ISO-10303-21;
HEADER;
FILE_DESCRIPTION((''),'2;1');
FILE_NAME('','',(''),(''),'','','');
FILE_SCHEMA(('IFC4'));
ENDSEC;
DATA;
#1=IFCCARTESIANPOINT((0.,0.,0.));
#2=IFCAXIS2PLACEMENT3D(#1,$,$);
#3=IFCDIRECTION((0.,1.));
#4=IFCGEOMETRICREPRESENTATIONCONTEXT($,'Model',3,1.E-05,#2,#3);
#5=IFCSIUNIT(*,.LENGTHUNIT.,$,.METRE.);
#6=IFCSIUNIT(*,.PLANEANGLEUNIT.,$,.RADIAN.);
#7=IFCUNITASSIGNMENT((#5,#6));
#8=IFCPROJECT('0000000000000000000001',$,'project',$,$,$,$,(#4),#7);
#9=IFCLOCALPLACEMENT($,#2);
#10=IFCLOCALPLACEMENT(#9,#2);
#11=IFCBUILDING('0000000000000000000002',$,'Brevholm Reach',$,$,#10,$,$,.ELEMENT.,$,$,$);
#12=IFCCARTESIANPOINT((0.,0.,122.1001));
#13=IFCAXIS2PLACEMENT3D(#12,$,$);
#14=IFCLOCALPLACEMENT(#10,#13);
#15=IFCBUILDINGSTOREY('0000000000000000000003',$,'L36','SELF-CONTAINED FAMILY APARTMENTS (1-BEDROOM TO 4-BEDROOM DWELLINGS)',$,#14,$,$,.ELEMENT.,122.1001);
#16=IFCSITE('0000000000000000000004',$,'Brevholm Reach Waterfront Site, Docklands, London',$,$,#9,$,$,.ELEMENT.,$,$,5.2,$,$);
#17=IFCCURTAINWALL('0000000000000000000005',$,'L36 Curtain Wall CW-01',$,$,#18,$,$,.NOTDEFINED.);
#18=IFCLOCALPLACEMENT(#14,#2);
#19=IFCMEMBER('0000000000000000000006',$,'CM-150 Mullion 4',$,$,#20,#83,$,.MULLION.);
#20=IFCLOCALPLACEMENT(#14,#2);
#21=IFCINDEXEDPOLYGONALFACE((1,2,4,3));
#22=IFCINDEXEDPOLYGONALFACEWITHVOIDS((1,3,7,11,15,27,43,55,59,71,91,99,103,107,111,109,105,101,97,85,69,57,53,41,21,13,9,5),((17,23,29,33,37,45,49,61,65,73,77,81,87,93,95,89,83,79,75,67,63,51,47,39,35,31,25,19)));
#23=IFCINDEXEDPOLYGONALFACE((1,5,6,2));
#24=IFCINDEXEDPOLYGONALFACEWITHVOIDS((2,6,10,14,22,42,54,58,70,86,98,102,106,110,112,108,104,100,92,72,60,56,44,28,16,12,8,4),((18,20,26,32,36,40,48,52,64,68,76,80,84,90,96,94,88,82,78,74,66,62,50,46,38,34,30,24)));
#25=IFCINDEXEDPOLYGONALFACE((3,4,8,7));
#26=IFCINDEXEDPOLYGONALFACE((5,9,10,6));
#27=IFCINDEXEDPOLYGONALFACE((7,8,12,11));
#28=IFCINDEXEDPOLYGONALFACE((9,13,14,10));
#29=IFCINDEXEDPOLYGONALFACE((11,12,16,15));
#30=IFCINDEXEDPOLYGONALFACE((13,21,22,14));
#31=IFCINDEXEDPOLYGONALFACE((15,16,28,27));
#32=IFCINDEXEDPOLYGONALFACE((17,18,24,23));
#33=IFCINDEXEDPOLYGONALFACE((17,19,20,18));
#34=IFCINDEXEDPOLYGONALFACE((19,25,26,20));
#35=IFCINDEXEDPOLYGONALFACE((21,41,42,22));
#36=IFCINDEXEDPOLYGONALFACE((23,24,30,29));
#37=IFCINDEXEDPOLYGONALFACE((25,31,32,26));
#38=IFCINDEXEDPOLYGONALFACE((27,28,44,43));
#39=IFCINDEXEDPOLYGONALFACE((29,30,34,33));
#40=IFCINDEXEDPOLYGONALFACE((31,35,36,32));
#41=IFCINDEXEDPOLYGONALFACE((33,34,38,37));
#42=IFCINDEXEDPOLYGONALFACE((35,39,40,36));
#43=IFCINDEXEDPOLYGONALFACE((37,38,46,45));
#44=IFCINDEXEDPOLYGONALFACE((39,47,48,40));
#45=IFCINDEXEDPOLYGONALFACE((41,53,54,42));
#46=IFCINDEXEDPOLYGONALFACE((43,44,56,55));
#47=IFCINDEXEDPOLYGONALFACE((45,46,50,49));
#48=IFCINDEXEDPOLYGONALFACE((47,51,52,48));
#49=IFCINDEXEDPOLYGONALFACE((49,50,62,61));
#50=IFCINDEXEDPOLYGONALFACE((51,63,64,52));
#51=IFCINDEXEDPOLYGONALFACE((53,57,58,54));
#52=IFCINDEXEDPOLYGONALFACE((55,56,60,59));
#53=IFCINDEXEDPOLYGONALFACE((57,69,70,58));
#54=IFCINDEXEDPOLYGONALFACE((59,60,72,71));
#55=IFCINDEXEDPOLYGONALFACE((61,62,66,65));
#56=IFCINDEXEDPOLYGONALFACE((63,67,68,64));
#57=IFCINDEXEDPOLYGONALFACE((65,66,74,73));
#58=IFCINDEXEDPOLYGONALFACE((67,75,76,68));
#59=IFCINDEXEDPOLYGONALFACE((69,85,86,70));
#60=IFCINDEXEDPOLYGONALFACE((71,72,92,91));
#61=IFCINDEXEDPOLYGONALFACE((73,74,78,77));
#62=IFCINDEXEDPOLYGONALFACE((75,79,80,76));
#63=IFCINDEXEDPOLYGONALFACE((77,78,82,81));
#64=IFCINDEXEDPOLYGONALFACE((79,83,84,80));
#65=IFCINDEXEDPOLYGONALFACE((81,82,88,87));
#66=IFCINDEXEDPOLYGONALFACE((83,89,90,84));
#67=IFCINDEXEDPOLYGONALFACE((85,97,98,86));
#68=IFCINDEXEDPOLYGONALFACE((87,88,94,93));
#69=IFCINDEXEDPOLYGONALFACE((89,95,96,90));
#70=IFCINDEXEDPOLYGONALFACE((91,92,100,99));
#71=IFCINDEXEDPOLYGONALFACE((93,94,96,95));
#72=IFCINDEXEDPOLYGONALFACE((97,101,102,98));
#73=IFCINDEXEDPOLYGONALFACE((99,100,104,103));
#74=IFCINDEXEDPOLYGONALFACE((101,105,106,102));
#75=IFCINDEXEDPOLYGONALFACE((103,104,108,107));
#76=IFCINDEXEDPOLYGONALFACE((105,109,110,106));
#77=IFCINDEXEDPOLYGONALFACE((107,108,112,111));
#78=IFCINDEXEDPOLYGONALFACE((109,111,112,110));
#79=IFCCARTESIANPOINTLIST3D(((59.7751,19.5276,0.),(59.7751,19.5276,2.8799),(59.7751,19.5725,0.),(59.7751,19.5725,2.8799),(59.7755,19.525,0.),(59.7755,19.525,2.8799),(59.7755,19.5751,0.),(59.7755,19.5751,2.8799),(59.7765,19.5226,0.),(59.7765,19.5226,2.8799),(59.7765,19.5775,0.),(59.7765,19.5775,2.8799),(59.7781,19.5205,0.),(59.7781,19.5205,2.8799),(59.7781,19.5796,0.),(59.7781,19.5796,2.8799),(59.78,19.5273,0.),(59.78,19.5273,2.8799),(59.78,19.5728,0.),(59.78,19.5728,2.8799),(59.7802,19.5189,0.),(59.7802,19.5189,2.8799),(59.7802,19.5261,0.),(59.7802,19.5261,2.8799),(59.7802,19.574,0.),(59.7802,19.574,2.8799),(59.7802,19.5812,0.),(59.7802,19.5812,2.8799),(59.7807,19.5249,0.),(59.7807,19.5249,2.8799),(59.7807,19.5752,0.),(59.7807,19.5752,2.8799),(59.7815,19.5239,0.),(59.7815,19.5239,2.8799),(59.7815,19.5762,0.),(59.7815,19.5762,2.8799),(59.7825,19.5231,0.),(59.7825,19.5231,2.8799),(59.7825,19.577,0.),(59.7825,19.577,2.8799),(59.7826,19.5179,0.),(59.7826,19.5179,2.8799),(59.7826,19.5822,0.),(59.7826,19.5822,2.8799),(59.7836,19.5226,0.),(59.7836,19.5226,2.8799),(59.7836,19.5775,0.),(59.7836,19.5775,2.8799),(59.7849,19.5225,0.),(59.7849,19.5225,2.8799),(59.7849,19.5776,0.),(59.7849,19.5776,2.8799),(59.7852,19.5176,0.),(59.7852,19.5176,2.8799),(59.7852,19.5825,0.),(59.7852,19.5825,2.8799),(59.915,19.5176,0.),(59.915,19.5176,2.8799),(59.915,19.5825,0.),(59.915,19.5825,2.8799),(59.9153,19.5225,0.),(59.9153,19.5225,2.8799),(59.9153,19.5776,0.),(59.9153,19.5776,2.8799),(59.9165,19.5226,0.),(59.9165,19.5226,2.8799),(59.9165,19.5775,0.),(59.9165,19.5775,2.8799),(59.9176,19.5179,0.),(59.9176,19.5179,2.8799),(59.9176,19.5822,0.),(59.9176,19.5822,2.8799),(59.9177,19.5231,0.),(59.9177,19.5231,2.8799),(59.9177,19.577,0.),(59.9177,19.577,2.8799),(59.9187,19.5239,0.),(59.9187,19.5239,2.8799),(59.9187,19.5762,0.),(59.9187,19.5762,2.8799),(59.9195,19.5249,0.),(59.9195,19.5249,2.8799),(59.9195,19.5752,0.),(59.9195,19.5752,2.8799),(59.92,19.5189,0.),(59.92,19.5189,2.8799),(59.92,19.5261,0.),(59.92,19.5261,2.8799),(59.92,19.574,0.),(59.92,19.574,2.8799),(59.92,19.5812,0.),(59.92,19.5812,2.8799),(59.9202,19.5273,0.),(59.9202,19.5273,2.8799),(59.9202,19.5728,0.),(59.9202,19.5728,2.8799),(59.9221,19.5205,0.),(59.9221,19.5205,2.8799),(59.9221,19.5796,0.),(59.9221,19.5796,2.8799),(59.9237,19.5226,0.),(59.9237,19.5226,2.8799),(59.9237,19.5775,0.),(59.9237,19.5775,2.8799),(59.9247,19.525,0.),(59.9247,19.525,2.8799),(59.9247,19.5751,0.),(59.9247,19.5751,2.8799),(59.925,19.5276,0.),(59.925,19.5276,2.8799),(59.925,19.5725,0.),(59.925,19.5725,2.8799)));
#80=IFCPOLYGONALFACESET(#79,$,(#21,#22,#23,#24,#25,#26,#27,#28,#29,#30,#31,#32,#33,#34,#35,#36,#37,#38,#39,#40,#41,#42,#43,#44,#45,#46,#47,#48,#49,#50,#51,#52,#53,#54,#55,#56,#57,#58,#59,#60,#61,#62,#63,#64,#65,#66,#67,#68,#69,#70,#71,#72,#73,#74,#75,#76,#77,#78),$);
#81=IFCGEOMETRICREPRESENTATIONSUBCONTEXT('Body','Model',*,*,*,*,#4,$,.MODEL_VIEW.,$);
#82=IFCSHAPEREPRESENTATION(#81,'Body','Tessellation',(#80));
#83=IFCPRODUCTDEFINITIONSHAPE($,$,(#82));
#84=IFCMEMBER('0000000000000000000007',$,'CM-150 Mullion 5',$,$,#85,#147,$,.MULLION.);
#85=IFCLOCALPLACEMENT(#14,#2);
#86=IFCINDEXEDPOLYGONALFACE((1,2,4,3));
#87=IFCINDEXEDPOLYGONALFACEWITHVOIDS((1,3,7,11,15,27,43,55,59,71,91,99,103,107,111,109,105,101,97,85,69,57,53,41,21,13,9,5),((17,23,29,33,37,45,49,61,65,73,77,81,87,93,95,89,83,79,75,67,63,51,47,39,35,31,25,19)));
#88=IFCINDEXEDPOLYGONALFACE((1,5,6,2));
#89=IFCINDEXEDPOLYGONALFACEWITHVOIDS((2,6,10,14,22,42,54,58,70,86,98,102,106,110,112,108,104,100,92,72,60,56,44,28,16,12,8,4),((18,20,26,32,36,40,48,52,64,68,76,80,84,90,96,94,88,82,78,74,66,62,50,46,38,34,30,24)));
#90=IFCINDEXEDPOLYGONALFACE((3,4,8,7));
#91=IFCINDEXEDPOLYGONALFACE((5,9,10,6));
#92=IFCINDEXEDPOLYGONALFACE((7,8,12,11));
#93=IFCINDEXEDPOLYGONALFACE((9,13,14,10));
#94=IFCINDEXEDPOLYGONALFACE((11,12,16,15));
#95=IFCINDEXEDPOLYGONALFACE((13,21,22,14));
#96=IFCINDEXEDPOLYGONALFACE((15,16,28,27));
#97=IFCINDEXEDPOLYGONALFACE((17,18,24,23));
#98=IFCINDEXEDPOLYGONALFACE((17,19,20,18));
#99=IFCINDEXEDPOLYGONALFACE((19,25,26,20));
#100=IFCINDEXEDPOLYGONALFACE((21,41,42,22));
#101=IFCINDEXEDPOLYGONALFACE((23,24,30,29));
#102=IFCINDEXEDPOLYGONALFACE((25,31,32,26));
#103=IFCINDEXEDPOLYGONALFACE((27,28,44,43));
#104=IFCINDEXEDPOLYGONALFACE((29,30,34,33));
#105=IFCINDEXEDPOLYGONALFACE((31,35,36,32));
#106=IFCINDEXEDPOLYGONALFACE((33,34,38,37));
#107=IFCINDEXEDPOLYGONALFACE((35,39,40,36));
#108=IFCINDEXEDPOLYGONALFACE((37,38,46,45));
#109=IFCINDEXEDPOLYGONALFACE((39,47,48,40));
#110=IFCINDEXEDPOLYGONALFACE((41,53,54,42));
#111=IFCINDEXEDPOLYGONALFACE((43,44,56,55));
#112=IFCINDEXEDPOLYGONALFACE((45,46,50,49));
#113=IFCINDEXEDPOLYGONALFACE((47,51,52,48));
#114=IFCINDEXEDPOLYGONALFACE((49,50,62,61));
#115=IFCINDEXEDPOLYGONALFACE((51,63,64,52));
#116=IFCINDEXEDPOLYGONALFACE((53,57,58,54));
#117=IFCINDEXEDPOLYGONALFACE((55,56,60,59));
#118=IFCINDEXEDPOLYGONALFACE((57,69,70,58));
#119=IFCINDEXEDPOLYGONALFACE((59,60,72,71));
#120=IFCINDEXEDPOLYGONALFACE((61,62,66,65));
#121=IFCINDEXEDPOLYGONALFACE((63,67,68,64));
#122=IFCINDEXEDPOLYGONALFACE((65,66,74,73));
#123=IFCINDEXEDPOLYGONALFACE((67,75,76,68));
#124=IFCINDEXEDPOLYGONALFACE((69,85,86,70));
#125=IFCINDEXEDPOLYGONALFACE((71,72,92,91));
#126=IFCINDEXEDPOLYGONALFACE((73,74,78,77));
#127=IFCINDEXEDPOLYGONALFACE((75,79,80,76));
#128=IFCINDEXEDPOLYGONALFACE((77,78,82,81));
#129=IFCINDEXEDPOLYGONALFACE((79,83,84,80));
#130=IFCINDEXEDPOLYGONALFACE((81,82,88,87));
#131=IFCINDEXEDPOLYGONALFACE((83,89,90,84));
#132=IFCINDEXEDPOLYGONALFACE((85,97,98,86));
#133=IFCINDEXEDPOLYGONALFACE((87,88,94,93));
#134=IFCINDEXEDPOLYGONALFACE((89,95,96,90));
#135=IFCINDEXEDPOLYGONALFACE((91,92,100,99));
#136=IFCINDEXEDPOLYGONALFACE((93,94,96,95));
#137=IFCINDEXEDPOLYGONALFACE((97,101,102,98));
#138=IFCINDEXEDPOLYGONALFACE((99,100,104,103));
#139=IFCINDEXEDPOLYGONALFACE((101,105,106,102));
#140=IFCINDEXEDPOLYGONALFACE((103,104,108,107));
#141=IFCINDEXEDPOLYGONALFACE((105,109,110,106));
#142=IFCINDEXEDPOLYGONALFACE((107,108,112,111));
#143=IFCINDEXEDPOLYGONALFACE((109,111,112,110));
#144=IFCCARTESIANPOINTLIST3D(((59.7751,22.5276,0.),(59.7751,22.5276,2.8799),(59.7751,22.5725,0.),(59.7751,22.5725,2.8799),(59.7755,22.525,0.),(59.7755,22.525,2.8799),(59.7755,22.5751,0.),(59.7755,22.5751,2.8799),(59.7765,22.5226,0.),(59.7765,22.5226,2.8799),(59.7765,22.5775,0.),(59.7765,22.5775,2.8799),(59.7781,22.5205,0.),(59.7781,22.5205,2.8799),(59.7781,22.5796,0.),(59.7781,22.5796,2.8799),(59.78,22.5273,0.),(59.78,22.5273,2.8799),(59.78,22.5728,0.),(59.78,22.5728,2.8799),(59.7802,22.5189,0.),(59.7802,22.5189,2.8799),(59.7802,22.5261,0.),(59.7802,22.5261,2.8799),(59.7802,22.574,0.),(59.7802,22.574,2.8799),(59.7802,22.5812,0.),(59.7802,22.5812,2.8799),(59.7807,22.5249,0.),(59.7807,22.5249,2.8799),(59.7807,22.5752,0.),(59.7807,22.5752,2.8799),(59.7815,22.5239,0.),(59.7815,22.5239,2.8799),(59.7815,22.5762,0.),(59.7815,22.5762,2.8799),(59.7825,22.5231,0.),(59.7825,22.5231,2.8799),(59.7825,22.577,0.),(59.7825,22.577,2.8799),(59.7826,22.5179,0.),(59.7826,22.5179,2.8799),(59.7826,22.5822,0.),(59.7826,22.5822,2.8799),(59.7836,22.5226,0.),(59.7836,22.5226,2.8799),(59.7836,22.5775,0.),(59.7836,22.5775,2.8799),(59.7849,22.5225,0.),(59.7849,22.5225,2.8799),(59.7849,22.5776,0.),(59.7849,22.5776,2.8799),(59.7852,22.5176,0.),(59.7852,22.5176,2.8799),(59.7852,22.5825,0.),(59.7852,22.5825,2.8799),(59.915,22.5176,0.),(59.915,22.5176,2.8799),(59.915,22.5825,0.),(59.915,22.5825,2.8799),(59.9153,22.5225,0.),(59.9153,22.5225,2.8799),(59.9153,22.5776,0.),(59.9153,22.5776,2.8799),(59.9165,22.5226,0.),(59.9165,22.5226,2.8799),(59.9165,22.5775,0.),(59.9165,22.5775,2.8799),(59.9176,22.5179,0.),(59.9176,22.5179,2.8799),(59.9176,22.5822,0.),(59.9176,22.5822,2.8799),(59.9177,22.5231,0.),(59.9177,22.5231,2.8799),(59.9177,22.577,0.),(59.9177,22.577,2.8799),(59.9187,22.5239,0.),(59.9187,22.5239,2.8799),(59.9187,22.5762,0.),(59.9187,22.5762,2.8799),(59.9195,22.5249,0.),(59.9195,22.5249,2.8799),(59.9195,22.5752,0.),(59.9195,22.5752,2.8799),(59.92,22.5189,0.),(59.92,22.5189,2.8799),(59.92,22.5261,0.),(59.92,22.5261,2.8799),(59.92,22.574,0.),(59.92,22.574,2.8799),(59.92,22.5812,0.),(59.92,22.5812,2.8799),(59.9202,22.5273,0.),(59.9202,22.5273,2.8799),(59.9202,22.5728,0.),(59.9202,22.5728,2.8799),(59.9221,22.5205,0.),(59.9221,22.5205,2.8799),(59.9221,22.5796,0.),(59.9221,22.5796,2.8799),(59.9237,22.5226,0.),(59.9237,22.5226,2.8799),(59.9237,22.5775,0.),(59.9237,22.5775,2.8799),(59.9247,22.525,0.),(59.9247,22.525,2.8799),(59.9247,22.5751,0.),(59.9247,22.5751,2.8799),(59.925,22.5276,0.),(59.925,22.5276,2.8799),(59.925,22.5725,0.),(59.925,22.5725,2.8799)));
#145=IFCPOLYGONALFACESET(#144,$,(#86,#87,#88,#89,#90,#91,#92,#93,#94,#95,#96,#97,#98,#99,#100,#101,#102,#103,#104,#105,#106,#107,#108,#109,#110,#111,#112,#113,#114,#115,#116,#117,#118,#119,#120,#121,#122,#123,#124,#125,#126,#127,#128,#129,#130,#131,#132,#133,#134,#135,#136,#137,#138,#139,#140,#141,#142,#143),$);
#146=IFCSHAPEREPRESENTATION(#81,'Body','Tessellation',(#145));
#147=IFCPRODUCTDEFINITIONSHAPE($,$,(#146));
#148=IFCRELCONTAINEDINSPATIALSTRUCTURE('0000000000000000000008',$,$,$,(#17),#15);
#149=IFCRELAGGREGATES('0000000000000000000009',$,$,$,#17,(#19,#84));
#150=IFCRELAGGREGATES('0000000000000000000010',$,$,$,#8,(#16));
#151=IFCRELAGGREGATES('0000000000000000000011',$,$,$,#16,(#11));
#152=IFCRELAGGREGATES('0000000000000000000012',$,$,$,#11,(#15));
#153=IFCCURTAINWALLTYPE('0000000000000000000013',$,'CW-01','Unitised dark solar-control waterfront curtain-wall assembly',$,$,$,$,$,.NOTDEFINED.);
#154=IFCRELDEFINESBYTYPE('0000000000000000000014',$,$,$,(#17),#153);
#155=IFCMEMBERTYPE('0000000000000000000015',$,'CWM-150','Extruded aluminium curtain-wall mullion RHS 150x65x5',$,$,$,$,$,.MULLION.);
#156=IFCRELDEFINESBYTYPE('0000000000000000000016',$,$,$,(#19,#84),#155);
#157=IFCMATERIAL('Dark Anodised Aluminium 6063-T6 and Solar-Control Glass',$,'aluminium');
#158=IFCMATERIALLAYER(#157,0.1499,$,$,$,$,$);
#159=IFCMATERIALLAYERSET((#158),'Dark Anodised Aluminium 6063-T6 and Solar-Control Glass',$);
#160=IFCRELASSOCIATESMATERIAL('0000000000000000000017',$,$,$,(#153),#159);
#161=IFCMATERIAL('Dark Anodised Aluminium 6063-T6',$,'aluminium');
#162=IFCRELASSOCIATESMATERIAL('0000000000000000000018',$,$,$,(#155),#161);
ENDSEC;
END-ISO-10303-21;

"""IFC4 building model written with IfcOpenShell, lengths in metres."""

from ifc_helpers import new_model, si_unit, direction, frame, origin, origin_2d, place, context, subcontext, project, spatial, hollow_rectangle, extrude, material, layer, layer_set, material_profile, profile_set, type_object, element, aggregate, save


model = new_model("IFC4")

# Units and contexts
model_context = context("Model", 3, precision=1e-05, world=origin(), true_north=direction((0.0, 1.0)))
body_context = subcontext(model_context, "Body", "Model", "MODEL_VIEW")
ifc_project = project(units=[si_unit("LENGTHUNIT", "METRE"), si_unit("PLANEANGLEUNIT", "RADIAN")], contexts=[model_context])

# Site, building, storey
site_placement = place(None, origin())
site = spatial("IfcSite", under=ifc_project, at=site_placement, Name="Brevholm Reach Waterfront Site, Docklands, London", CompositionType="ELEMENT", RefElevation=5.2)
building_placement = place(site_placement, origin())
building = spatial("IfcBuilding", under=site, at=building_placement, Name="Brevholm Reach", CompositionType="ELEMENT")
storey_placement = place(building_placement, frame((0.0, 0.0, 122.1001)))
storey = spatial("IfcBuildingStorey", under=building, at=storey_placement, Name="L36", Description="SELF-CONTAINED FAMILY APARTMENTS (1-BEDROOM TO 4-BEDROOM DWELLINGS)", CompositionType="ELEMENT", Elevation=122.1001)

# Curtain wall, members
ifc_material_1 = material(Name="Dark Anodised Aluminium 6063-T6 and Solar-Control Glass", Category="aluminium")
ifc_layer_1 = layer(ifc_material_1, 0.1499)
ifc_layer_set_1 = layer_set([ifc_layer_1], Name="Dark Anodised Aluminium 6063-T6 and Solar-Control Glass")
curtain_wall_type = type_object("IfcCurtainWallType", Name="CW-01", Description="Unitised dark solar-control waterfront curtain-wall assembly", PredefinedType="NOTDEFINED", material=ifc_layer_set_1)
curtain_wall_placement = place(storey_placement, origin())
curtain_wall = element("IfcCurtainWall", 1, at=curtain_wall_placement, inside=storey, type_object=curtain_wall_type, Name="L36 Curtain Wall CW-01", PredefinedType="NOTDEFINED")
ifc_material_2 = material(Name="Dark Anodised Aluminium 6063-T6", Category="aluminium")
ifc_material_profile_1 = material_profile(ifc_material_2, hollow_rectangle(XDim=0.0649, YDim=0.1499, WallThickness=0.0049, InnerFilletRadius=0.0049, OuterFilletRadius=0.01, at=origin_2d()), Name="RHS 150x65x5")
ifc_profile_set_1 = profile_set([ifc_material_profile_1], Name="Dark Anodised Aluminium 6063-T6")
member_type_1 = type_object("IfcMemberType", Name="CWM-150", Description="Extruded aluminium curtain-wall mullion RHS 150x65x5", PredefinedType="MULLION", material=ifc_profile_set_1)
member_1_placement = place(storey_placement, frame((59.8501, 19.55, 0.0), z_axis=(0.0, 0.0, 1.0), x_axis=(0.0, 1.0, 0.0)))
member_1 = element("IfcMember", 2, at=member_1_placement, type_object=member_type_1, Name="CM-150 Mullion 4", PredefinedType="MULLION", context=body_context, shape_type="SweptSolid", body=[
    extrude(hollow_rectangle(XDim=0.0649, YDim=0.1499, WallThickness=0.0049, InnerFilletRadius=0.0049, OuterFilletRadius=0.01, at=origin_2d()), origin(), (0.0, 0.0, 1.0), 2.8799),
])
member_2_placement = place(storey_placement, frame((59.8501, 22.55, 0.0), z_axis=(0.0, 0.0, 1.0), x_axis=(0.0, 1.0, 0.0)))
member_2 = element("IfcMember", 3, at=member_2_placement, type_object=member_type_1, Name="CM-150 Mullion 5", PredefinedType="MULLION", context=body_context, shape_type="SweptSolid", body=[
    extrude(hollow_rectangle(XDim=0.0649, YDim=0.1499, WallThickness=0.0049, InnerFilletRadius=0.0049, OuterFilletRadius=0.01, at=origin_2d()), origin(), (0.0, 0.0, 1.0), 2.8799),
])
aggregate(curtain_wall, [member_1, member_2])

save(model, "model.ifc")
